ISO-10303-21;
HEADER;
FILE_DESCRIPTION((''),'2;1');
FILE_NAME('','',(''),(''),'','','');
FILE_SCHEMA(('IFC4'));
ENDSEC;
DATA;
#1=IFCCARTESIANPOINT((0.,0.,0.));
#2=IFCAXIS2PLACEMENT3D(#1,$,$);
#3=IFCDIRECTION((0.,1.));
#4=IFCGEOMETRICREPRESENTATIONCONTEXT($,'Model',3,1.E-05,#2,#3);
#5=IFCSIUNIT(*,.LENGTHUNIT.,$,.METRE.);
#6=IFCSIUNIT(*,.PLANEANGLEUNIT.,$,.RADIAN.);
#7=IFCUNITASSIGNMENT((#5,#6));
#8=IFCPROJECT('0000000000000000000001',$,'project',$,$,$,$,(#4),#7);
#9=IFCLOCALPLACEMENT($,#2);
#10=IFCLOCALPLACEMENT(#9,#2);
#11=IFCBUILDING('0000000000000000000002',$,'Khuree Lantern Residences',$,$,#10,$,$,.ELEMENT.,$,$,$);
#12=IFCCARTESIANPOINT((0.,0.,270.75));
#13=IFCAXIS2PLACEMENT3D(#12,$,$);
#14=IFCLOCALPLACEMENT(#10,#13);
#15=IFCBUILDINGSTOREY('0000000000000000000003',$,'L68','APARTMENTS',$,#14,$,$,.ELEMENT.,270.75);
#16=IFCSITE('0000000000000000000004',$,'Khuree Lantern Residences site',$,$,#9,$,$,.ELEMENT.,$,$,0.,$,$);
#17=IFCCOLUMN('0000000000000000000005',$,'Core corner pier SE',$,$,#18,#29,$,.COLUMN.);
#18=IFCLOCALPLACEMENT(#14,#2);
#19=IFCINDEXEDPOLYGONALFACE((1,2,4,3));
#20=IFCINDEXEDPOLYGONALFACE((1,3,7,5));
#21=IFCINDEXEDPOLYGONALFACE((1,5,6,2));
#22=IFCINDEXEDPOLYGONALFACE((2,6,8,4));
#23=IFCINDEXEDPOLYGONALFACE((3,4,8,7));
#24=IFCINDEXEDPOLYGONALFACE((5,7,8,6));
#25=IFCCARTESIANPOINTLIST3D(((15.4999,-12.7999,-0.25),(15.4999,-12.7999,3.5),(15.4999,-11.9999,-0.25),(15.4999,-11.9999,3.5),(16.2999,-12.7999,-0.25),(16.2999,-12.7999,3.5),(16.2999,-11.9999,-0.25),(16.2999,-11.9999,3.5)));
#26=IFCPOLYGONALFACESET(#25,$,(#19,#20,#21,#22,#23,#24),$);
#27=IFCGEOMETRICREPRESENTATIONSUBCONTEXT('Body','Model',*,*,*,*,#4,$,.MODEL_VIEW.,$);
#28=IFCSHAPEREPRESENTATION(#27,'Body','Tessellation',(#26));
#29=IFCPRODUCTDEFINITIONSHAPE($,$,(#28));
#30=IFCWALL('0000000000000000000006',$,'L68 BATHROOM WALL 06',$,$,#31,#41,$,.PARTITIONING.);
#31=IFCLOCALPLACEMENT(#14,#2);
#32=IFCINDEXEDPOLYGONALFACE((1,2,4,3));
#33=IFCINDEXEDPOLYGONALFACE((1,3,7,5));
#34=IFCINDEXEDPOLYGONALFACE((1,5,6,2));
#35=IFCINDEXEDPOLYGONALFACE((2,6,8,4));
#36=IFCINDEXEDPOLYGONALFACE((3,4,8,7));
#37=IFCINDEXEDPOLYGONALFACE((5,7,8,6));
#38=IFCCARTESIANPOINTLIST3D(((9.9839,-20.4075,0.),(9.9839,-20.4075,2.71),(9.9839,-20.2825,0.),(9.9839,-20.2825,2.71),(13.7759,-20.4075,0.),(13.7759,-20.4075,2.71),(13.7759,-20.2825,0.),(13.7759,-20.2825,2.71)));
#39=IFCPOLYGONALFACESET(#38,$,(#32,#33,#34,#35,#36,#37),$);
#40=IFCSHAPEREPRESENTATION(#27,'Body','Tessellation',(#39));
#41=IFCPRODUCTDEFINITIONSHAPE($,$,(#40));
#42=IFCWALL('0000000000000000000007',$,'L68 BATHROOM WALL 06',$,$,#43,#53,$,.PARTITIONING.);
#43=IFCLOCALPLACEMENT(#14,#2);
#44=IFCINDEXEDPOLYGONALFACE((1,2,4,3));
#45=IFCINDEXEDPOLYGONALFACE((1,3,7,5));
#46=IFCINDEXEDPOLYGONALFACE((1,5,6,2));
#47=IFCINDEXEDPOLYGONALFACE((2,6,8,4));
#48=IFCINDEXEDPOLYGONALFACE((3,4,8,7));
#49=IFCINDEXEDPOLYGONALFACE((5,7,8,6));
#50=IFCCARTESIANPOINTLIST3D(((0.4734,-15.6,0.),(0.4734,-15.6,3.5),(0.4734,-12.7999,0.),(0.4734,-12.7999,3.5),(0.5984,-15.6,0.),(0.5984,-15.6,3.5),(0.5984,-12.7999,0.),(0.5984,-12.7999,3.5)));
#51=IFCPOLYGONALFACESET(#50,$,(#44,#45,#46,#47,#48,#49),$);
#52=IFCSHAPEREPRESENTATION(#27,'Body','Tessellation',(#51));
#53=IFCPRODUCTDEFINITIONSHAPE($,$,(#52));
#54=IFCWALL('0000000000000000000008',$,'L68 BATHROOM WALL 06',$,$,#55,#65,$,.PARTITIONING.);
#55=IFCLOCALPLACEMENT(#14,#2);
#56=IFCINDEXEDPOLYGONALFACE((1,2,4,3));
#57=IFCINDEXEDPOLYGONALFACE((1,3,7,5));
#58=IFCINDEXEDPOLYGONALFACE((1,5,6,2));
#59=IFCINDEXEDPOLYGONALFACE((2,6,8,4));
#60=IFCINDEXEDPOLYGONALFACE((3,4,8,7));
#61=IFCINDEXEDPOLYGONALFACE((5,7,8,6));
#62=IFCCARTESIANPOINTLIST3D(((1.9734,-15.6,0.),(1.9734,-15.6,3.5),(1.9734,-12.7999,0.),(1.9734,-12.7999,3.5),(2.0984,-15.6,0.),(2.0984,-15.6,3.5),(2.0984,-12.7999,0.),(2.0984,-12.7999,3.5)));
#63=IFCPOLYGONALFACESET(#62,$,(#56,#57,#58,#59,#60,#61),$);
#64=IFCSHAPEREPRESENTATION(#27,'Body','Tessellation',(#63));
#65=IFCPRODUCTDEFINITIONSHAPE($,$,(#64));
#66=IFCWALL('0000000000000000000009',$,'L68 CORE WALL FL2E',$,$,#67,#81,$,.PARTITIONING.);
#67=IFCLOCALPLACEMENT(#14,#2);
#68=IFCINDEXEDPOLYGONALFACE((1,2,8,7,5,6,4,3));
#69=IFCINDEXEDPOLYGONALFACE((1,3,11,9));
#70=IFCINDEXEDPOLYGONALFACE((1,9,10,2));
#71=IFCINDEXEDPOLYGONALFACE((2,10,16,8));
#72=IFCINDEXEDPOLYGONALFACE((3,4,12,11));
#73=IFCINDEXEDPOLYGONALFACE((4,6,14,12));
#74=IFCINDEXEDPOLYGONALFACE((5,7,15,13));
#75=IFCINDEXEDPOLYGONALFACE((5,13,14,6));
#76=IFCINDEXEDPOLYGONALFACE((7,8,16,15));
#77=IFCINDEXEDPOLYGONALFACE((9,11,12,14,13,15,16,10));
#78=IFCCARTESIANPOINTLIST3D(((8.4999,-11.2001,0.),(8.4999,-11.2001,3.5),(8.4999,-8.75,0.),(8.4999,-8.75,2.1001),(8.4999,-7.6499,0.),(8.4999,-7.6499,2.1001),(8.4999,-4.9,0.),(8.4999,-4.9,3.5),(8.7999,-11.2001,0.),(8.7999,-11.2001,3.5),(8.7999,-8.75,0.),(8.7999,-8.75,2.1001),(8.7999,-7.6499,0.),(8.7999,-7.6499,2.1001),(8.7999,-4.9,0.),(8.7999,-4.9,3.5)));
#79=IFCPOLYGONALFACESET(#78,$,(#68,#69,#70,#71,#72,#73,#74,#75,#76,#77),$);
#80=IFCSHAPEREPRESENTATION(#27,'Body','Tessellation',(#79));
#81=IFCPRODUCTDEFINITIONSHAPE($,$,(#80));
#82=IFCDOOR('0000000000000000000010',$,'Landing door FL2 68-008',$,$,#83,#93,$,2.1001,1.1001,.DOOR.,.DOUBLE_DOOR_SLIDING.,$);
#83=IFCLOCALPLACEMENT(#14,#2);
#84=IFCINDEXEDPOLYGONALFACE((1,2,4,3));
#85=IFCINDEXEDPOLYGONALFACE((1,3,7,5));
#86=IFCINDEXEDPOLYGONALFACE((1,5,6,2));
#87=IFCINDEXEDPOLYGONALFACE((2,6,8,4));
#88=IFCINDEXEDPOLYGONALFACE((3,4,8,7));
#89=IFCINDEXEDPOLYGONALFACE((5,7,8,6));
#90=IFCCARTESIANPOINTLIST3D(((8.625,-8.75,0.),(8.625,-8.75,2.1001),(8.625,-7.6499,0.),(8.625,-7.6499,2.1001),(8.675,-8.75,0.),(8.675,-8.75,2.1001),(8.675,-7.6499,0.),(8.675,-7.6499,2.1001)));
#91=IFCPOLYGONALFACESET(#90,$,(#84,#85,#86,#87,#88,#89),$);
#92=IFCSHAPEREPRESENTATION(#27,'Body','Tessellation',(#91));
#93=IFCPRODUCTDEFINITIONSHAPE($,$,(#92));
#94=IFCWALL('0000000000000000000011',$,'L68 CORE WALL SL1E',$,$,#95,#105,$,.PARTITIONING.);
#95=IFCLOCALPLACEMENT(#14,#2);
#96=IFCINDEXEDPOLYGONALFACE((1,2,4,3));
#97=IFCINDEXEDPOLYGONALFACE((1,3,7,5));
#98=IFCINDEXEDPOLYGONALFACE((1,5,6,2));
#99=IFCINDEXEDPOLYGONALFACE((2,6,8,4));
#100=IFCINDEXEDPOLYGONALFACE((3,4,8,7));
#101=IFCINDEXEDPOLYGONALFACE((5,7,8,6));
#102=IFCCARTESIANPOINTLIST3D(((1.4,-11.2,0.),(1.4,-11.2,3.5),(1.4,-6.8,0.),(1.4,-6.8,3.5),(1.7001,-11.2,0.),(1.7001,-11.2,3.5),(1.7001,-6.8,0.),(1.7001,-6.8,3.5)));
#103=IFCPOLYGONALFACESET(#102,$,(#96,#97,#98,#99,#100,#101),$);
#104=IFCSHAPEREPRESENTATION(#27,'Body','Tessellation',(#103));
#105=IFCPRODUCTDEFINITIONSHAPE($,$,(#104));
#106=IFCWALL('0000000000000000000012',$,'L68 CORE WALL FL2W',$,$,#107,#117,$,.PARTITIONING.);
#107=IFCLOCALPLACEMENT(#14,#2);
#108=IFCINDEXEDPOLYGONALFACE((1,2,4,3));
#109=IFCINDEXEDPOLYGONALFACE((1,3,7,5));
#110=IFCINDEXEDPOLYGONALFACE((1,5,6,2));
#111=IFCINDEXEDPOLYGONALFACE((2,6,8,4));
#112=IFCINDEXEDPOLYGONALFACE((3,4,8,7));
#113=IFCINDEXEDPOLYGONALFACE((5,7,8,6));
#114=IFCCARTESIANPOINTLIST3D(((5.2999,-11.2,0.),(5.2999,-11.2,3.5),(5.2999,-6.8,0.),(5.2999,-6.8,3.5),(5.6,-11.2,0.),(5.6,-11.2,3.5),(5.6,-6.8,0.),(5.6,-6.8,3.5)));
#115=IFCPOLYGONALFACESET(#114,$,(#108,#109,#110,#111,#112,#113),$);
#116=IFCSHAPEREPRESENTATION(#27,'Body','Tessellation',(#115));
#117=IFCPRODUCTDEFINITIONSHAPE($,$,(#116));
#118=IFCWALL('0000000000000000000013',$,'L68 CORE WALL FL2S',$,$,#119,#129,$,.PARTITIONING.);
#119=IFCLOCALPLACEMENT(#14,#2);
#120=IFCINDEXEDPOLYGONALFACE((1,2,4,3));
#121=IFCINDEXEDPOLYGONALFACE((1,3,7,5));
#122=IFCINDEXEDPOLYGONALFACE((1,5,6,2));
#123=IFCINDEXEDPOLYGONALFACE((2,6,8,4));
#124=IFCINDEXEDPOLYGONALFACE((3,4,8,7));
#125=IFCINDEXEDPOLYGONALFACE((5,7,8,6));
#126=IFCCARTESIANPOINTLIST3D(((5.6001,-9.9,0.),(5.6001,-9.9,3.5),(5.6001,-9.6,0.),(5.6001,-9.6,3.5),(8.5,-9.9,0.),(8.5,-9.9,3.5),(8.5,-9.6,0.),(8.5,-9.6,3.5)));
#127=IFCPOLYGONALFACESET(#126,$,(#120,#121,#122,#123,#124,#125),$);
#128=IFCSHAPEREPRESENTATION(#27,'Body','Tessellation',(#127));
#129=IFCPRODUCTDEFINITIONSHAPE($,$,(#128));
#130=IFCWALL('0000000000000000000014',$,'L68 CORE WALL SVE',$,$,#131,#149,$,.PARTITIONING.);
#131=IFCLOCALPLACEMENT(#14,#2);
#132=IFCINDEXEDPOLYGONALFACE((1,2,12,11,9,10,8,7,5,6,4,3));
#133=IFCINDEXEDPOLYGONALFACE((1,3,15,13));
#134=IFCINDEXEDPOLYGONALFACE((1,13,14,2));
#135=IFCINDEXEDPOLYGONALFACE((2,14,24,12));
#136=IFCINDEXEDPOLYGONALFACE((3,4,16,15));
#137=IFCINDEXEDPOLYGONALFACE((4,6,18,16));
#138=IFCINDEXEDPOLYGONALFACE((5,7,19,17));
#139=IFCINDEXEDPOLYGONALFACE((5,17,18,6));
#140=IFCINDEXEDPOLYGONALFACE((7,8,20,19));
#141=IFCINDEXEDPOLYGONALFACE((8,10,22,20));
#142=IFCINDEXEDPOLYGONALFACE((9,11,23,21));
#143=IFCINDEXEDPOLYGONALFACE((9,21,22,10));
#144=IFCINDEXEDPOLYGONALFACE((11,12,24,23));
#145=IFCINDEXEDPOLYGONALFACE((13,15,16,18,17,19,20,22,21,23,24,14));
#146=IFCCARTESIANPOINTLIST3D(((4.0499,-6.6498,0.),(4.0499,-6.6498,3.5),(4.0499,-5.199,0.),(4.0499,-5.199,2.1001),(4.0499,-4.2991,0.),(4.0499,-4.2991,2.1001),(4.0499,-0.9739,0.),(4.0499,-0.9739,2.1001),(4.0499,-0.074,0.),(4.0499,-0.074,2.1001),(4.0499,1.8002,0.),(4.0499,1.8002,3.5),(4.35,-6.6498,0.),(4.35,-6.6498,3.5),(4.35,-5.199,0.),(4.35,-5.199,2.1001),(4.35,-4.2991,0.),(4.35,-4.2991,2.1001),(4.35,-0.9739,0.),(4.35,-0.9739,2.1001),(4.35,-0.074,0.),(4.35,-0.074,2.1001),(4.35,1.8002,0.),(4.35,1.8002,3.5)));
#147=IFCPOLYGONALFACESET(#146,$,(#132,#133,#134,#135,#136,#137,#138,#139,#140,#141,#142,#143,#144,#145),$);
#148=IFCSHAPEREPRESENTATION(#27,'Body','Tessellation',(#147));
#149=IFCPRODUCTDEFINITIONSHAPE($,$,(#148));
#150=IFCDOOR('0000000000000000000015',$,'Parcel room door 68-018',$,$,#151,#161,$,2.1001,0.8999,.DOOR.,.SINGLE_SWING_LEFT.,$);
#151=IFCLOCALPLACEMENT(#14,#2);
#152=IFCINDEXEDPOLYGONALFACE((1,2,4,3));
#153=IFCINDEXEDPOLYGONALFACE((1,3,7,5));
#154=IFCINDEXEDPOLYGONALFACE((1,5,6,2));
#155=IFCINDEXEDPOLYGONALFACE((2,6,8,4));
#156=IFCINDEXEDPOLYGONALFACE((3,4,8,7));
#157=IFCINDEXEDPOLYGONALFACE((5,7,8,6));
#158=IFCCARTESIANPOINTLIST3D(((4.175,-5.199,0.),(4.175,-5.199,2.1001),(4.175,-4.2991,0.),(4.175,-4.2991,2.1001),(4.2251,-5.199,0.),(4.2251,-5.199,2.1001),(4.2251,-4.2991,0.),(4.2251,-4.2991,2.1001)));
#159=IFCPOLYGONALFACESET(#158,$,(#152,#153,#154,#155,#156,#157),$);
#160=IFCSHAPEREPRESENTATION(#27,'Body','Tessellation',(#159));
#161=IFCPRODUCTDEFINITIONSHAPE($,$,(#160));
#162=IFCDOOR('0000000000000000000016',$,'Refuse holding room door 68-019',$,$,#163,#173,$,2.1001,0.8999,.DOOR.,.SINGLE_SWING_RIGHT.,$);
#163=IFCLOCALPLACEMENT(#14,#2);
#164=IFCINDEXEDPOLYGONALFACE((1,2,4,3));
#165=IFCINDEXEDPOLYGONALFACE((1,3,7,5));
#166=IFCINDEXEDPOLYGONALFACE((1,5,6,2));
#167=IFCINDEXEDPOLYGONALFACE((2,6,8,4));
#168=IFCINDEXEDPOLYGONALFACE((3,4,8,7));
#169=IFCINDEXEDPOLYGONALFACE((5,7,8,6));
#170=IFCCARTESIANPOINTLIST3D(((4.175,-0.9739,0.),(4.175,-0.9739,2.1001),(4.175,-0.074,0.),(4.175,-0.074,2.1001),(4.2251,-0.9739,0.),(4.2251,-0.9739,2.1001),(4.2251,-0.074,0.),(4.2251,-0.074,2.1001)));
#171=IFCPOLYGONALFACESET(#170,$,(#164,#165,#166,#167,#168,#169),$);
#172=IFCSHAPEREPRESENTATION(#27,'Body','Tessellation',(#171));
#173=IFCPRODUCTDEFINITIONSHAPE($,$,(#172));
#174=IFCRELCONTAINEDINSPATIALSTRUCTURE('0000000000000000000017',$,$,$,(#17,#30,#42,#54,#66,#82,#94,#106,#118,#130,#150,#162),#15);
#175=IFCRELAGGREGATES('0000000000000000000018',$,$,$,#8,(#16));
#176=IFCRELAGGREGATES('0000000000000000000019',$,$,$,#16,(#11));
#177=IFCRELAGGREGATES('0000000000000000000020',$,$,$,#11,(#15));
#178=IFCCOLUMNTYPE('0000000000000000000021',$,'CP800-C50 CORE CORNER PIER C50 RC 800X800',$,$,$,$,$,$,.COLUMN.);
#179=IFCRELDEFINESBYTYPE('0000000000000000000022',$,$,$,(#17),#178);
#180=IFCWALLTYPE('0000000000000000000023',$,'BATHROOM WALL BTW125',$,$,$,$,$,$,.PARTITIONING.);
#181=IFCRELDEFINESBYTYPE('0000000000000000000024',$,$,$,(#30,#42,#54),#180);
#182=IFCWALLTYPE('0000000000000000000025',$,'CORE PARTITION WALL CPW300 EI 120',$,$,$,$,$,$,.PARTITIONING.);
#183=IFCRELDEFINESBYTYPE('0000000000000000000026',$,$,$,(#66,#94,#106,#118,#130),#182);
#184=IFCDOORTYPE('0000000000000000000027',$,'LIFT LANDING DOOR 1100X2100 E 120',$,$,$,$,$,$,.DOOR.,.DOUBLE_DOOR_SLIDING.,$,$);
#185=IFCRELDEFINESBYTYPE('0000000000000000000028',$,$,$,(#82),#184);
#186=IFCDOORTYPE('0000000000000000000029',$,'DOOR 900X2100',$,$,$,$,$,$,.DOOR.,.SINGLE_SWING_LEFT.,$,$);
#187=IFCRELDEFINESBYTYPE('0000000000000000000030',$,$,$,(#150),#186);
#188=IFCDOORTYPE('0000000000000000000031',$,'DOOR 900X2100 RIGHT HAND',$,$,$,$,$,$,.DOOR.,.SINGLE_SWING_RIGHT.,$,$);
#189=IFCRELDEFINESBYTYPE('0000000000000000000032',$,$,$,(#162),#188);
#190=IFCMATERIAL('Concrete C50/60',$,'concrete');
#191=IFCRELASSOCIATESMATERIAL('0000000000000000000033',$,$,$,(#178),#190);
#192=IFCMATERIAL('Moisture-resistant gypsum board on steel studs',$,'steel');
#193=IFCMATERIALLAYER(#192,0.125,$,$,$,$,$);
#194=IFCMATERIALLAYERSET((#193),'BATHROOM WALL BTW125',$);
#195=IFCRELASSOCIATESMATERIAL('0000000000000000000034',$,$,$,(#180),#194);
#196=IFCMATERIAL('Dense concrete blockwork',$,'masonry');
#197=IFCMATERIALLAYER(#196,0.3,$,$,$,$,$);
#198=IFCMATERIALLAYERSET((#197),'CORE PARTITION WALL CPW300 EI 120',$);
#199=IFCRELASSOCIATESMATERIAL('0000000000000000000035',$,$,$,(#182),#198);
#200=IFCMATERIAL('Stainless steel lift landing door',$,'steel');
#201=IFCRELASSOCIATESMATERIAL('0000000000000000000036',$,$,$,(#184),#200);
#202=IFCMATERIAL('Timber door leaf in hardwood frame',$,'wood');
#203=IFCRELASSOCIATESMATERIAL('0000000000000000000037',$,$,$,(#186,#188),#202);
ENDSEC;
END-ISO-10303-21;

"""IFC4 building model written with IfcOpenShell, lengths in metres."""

from ifc_helpers import new_model, si_unit, direction, frame, frame_2d, origin, origin_2d, place, context, subcontext, project, spatial, rectangle, extrude, material, layer, layer_set, material_profile, profile_set, type_object, element, fill, save


model = new_model("IFC4")

# Units and contexts
model_context = context("Model", 3, precision=1e-05, world=origin(), true_north=direction((0.0, 1.0)))
body_context = subcontext(model_context, "Body", "Model", "MODEL_VIEW")
ifc_project = project(units=[si_unit("LENGTHUNIT", "METRE"), si_unit("PLANEANGLEUNIT", "RADIAN")], contexts=[model_context])

# Site, building, storey
site_placement = place(None, origin())
site = spatial("IfcSite", under=ifc_project, at=site_placement, Name="Khuree Lantern Residences site", CompositionType="ELEMENT", RefElevation=0.0)
building_placement = place(site_placement, origin())
building = spatial("IfcBuilding", under=site, at=building_placement, Name="Khuree Lantern Residences", CompositionType="ELEMENT")
storey_placement = place(building_placement, frame((0.0, 0.0, 270.75)))
storey = spatial("IfcBuildingStorey", under=building, at=storey_placement, Name="L68", Description="APARTMENTS", CompositionType="ELEMENT", Elevation=270.75)

# Column
ifc_material_1 = material(Name="Concrete C50/60", Category="concrete")
ifc_material_profile = material_profile(ifc_material_1, rectangle(XDim=0.8, YDim=0.8, at=origin_2d()), Name="RC 800X800")
ifc_profile_set = profile_set([ifc_material_profile], Name="Concrete C50/60")
column_type = type_object("IfcColumnType", Name="CP800-C50 CORE CORNER PIER C50 RC 800X800", PredefinedType="COLUMN", material=ifc_profile_set)
column_placement = place(storey_placement, frame((15.8999, -12.3999, -0.25), z_axis=(0.0, 0.0, 1.0), x_axis=(1.0, 0.0, 0.0)))
element("IfcColumn", 1, at=column_placement, inside=storey, type_object=column_type, Name="Core corner pier SE", PredefinedType="COLUMN", context=body_context, shape_type="SweptSolid", body=[
    extrude(rectangle(XDim=0.8, YDim=0.8, at=origin_2d()), origin(), (0.0, 0.0, 1.0), 3.75),
])

# Walls
ifc_material_2 = material(Name="Moisture-resistant gypsum board on steel studs", Category="steel")
ifc_layer_1 = layer(ifc_material_2, 0.125)
ifc_layer_set_1 = layer_set([ifc_layer_1], Name="BATHROOM WALL BTW125")
wall_type_1 = type_object("IfcWallType", Name="BATHROOM WALL BTW125", PredefinedType="PARTITIONING", material=ifc_layer_set_1)
wall_1_placement = place(storey_placement, frame((9.9839, -20.345, 0.0), z_axis=(0.0, 0.0, 1.0), x_axis=(1.0, 0.0, 0.0)))
element("IfcWall", 2, at=wall_1_placement, inside=storey, type_object=wall_type_1, Name="L68 BATHROOM WALL 06", PredefinedType="PARTITIONING", context=body_context, shape_type="SweptSolid", body=[
    extrude(rectangle(XDim=3.792, YDim=0.125, at=frame_2d((1.896, 0.0))), origin(), (0.0, 0.0, 1.0), 2.71),
])
for number, where, z_axis, x_axis, name in (
    (3, (0.5359, -12.8, 0.0), (0.0, 0.0, 1.0), (0.0, -1.0, 0.0), "L68 BATHROOM WALL 06"),
    (4, (2.0359, -12.8, 0.0), (0.0, 0.0, 1.0), (0.0, -1.0, 0.0), "L68 BATHROOM WALL 06"),
):
    element("IfcWall", number, at=place(storey_placement, frame(where, z_axis=z_axis, x_axis=x_axis)), inside=storey, type_object=wall_type_1, Name=name, PredefinedType="PARTITIONING", context=body_context, shape_type="SweptSolid", body=[
        extrude(rectangle(XDim=2.8, YDim=0.125, at=frame_2d((1.3999, 0.0))), origin(), (0.0, 0.0, 1.0), 3.5),
    ])

# Wall, opening, door
ifc_material_3 = material(Name="Dense concrete blockwork", Category="masonry")
ifc_layer_2 = layer(ifc_material_3, 0.3)
ifc_layer_set_2 = layer_set([ifc_layer_2], Name="CORE PARTITION WALL CPW300 EI 120")
wall_type_2 = type_object("IfcWallType", Name="CORE PARTITION WALL CPW300 EI 120", PredefinedType="PARTITIONING", material=ifc_layer_set_2)
wall_2_placement = place(storey_placement, frame((8.6499, -11.2, 0.0), z_axis=(0.0, 0.0, 1.0), x_axis=(0.0, 1.0, 0.0)))
wall_2 = element("IfcWall", 5, at=wall_2_placement, inside=storey, type_object=wall_type_2, Name="L68 CORE WALL FL2E", PredefinedType="PARTITIONING", context=body_context, shape_type="SweptSolid", body=[
    extrude(rectangle(XDim=6.3, YDim=0.3, at=frame_2d((3.1499, 0.0))), origin(), (0.0, 0.0, 1.0), 3.5),
])
opening_1_placement = place(wall_2_placement, frame((2.45, 0.0, 0.0)))
opening_1 = element("IfcOpeningElement", 6, at=opening_1_placement, cuts=wall_2, PredefinedType="OPENING", context=body_context, shape_type="SweptSolid", body=[
    extrude(rectangle(XDim=1.1001, YDim=2.1001, at=frame_2d((0.55, 1.05))), frame((0.0, 0.1602, 0.0), z_axis=(0.0, -1.0, 0.0), x_axis=(1.0, 0.0, 0.0)), (0.0, 0.0, 1.0), 0.3201),
])
ifc_material_4 = material(Name="Stainless steel lift landing door", Category="steel")
door_type_1 = type_object("IfcDoorType", Name="LIFT LANDING DOOR 1100X2100 E 120", OperationType="DOUBLE_DOOR_SLIDING", PredefinedType="DOOR", material=ifc_material_4)
door_1_placement = place(opening_1_placement, origin())
door_1 = element("IfcDoor", 7, at=door_1_placement, inside=storey, type_object=door_type_1, Name="Landing door FL2 68-008", OperationType="DOUBLE_DOOR_SLIDING", OverallHeight=2.1001, OverallWidth=1.1001, PredefinedType="DOOR", context=body_context, shape_type="SweptSolid", body=[
    extrude(rectangle(XDim=1.1001, YDim=2.1001, at=frame_2d((0.55, 1.05))), frame((0.0, 0.0249, 0.0), z_axis=(0.0, -1.0, 0.0), x_axis=(1.0, 0.0, 0.0)), (0.0, 0.0, 1.0), 0.05),
])
fill(opening_1, door_1)

# Walls
for number, where, z_axis, x_axis, name in (
    (8, (1.55, -11.2, 0.0), (0.0, 0.0, 1.0), (0.0, 1.0, 0.0), "L68 CORE WALL SL1E"),
    (9, (5.45, -11.2, 0.0), (0.0, 0.0, 1.0), (0.0, 1.0, 0.0), "L68 CORE WALL FL2W"),
):
    element("IfcWall", number, at=place(storey_placement, frame(where, z_axis=z_axis, x_axis=x_axis)), inside=storey, type_object=wall_type_2, Name=name, PredefinedType="PARTITIONING", context=body_context, shape_type="SweptSolid", body=[
        extrude(rectangle(XDim=4.3999, YDim=0.3, at=frame_2d((2.2, 0.0))), origin(), (0.0, 0.0, 1.0), 3.5),
    ])
wall_3_placement = place(storey_placement, frame((5.6001, -9.75, 0.0), z_axis=(0.0, 0.0, 1.0), x_axis=(1.0, 0.0, 0.0)))
element("IfcWall", 10, at=wall_3_placement, inside=storey, type_object=wall_type_2, Name="L68 CORE WALL FL2S", PredefinedType="PARTITIONING", context=body_context, shape_type="SweptSolid", body=[
    extrude(rectangle(XDim=2.8999, YDim=0.3, at=frame_2d((1.45, 0.0))), origin(), (0.0, 0.0, 1.0), 3.5),
])

# Wall, openings, doors
wall_4_placement = place(storey_placement, frame((4.2, -6.6499, 0.0), z_axis=(0.0, 0.0, 1.0), x_axis=(0.0, 1.0, 0.0)))
wall_4 = element("IfcWall", 11, at=wall_4_placement, inside=storey, type_object=wall_type_2, Name="L68 CORE WALL SVE", PredefinedType="PARTITIONING", context=body_context, shape_type="SweptSolid", body=[
    extrude(rectangle(XDim=8.45, YDim=0.3, at=frame_2d((4.2251, 0.0))), origin(), (0.0, 0.0, 1.0), 3.5),
])
opening_2_placement = place(wall_4_placement, frame((1.4509, 0.0, 0.0)))
opening_2 = element("IfcOpeningElement", 12, at=opening_2_placement, cuts=wall_4, PredefinedType="OPENING", context=body_context, shape_type="SweptSolid", body=[
    extrude(rectangle(XDim=0.8999, YDim=2.1001, at=frame_2d((0.45, 1.05))), frame((0.0, 0.1602, 0.0), z_axis=(0.0, -1.0, 0.0), x_axis=(1.0, 0.0, 0.0)), (0.0, 0.0, 1.0), 0.3201),
])
opening_3_placement = place(wall_4_placement, frame((5.676, 0.0, 0.0)))
opening_3 = element("IfcOpeningElement", 13, at=opening_3_placement, cuts=wall_4, PredefinedType="OPENING", context=body_context, shape_type="SweptSolid", body=[
    extrude(rectangle(XDim=0.8999, YDim=2.1001, at=frame_2d((0.45, 1.05))), frame((0.0, 0.1602, 0.0), z_axis=(0.0, -1.0, 0.0), x_axis=(1.0, 0.0, 0.0)), (0.0, 0.0, 1.0), 0.3201),
])
ifc_material_5 = material(Name="Timber door leaf in hardwood frame", Category="wood")
door_type_2 = type_object("IfcDoorType", Name="DOOR 900X2100", OperationType="SINGLE_SWING_LEFT", PredefinedType="DOOR", material=ifc_material_5)
door_2_placement = place(opening_2_placement, origin())
door_2 = element("IfcDoor", 14, at=door_2_placement, inside=storey, type_object=door_type_2, Name="Parcel room door 68-018", OperationType="SINGLE_SWING_LEFT", OverallHeight=2.1001, OverallWidth=0.8999, PredefinedType="DOOR", context=body_context, shape_type="SweptSolid", body=[
    extrude(rectangle(XDim=0.8999, YDim=2.1001, at=frame_2d((0.45, 1.05))), frame((0.0, 0.0249, 0.0), z_axis=(0.0, -1.0, 0.0), x_axis=(1.0, 0.0, 0.0)), (0.0, 0.0, 1.0), 0.05),
])
fill(opening_2, door_2)
door_type_3 = type_object("IfcDoorType", Name="DOOR 900X2100 RIGHT HAND", OperationType="SINGLE_SWING_RIGHT", PredefinedType="DOOR", material=ifc_material_5)
door_3_placement = place(opening_3_placement, origin())
door_3 = element("IfcDoor", 15, at=door_3_placement, inside=storey, type_object=door_type_3, Name="Refuse holding room door 68-019", OperationType="SINGLE_SWING_RIGHT", OverallHeight=2.1001, OverallWidth=0.8999, PredefinedType="DOOR", context=body_context, shape_type="SweptSolid", body=[
    extrude(rectangle(XDim=0.8999, YDim=2.1001, at=frame_2d((0.45, 1.05))), frame((0.0, 0.0249, 0.0), z_axis=(0.0, -1.0, 0.0), x_axis=(1.0, 0.0, 0.0)), (0.0, 0.0, 1.0), 0.05),
])
fill(opening_3, door_3)

save(model, "model.ifc")
